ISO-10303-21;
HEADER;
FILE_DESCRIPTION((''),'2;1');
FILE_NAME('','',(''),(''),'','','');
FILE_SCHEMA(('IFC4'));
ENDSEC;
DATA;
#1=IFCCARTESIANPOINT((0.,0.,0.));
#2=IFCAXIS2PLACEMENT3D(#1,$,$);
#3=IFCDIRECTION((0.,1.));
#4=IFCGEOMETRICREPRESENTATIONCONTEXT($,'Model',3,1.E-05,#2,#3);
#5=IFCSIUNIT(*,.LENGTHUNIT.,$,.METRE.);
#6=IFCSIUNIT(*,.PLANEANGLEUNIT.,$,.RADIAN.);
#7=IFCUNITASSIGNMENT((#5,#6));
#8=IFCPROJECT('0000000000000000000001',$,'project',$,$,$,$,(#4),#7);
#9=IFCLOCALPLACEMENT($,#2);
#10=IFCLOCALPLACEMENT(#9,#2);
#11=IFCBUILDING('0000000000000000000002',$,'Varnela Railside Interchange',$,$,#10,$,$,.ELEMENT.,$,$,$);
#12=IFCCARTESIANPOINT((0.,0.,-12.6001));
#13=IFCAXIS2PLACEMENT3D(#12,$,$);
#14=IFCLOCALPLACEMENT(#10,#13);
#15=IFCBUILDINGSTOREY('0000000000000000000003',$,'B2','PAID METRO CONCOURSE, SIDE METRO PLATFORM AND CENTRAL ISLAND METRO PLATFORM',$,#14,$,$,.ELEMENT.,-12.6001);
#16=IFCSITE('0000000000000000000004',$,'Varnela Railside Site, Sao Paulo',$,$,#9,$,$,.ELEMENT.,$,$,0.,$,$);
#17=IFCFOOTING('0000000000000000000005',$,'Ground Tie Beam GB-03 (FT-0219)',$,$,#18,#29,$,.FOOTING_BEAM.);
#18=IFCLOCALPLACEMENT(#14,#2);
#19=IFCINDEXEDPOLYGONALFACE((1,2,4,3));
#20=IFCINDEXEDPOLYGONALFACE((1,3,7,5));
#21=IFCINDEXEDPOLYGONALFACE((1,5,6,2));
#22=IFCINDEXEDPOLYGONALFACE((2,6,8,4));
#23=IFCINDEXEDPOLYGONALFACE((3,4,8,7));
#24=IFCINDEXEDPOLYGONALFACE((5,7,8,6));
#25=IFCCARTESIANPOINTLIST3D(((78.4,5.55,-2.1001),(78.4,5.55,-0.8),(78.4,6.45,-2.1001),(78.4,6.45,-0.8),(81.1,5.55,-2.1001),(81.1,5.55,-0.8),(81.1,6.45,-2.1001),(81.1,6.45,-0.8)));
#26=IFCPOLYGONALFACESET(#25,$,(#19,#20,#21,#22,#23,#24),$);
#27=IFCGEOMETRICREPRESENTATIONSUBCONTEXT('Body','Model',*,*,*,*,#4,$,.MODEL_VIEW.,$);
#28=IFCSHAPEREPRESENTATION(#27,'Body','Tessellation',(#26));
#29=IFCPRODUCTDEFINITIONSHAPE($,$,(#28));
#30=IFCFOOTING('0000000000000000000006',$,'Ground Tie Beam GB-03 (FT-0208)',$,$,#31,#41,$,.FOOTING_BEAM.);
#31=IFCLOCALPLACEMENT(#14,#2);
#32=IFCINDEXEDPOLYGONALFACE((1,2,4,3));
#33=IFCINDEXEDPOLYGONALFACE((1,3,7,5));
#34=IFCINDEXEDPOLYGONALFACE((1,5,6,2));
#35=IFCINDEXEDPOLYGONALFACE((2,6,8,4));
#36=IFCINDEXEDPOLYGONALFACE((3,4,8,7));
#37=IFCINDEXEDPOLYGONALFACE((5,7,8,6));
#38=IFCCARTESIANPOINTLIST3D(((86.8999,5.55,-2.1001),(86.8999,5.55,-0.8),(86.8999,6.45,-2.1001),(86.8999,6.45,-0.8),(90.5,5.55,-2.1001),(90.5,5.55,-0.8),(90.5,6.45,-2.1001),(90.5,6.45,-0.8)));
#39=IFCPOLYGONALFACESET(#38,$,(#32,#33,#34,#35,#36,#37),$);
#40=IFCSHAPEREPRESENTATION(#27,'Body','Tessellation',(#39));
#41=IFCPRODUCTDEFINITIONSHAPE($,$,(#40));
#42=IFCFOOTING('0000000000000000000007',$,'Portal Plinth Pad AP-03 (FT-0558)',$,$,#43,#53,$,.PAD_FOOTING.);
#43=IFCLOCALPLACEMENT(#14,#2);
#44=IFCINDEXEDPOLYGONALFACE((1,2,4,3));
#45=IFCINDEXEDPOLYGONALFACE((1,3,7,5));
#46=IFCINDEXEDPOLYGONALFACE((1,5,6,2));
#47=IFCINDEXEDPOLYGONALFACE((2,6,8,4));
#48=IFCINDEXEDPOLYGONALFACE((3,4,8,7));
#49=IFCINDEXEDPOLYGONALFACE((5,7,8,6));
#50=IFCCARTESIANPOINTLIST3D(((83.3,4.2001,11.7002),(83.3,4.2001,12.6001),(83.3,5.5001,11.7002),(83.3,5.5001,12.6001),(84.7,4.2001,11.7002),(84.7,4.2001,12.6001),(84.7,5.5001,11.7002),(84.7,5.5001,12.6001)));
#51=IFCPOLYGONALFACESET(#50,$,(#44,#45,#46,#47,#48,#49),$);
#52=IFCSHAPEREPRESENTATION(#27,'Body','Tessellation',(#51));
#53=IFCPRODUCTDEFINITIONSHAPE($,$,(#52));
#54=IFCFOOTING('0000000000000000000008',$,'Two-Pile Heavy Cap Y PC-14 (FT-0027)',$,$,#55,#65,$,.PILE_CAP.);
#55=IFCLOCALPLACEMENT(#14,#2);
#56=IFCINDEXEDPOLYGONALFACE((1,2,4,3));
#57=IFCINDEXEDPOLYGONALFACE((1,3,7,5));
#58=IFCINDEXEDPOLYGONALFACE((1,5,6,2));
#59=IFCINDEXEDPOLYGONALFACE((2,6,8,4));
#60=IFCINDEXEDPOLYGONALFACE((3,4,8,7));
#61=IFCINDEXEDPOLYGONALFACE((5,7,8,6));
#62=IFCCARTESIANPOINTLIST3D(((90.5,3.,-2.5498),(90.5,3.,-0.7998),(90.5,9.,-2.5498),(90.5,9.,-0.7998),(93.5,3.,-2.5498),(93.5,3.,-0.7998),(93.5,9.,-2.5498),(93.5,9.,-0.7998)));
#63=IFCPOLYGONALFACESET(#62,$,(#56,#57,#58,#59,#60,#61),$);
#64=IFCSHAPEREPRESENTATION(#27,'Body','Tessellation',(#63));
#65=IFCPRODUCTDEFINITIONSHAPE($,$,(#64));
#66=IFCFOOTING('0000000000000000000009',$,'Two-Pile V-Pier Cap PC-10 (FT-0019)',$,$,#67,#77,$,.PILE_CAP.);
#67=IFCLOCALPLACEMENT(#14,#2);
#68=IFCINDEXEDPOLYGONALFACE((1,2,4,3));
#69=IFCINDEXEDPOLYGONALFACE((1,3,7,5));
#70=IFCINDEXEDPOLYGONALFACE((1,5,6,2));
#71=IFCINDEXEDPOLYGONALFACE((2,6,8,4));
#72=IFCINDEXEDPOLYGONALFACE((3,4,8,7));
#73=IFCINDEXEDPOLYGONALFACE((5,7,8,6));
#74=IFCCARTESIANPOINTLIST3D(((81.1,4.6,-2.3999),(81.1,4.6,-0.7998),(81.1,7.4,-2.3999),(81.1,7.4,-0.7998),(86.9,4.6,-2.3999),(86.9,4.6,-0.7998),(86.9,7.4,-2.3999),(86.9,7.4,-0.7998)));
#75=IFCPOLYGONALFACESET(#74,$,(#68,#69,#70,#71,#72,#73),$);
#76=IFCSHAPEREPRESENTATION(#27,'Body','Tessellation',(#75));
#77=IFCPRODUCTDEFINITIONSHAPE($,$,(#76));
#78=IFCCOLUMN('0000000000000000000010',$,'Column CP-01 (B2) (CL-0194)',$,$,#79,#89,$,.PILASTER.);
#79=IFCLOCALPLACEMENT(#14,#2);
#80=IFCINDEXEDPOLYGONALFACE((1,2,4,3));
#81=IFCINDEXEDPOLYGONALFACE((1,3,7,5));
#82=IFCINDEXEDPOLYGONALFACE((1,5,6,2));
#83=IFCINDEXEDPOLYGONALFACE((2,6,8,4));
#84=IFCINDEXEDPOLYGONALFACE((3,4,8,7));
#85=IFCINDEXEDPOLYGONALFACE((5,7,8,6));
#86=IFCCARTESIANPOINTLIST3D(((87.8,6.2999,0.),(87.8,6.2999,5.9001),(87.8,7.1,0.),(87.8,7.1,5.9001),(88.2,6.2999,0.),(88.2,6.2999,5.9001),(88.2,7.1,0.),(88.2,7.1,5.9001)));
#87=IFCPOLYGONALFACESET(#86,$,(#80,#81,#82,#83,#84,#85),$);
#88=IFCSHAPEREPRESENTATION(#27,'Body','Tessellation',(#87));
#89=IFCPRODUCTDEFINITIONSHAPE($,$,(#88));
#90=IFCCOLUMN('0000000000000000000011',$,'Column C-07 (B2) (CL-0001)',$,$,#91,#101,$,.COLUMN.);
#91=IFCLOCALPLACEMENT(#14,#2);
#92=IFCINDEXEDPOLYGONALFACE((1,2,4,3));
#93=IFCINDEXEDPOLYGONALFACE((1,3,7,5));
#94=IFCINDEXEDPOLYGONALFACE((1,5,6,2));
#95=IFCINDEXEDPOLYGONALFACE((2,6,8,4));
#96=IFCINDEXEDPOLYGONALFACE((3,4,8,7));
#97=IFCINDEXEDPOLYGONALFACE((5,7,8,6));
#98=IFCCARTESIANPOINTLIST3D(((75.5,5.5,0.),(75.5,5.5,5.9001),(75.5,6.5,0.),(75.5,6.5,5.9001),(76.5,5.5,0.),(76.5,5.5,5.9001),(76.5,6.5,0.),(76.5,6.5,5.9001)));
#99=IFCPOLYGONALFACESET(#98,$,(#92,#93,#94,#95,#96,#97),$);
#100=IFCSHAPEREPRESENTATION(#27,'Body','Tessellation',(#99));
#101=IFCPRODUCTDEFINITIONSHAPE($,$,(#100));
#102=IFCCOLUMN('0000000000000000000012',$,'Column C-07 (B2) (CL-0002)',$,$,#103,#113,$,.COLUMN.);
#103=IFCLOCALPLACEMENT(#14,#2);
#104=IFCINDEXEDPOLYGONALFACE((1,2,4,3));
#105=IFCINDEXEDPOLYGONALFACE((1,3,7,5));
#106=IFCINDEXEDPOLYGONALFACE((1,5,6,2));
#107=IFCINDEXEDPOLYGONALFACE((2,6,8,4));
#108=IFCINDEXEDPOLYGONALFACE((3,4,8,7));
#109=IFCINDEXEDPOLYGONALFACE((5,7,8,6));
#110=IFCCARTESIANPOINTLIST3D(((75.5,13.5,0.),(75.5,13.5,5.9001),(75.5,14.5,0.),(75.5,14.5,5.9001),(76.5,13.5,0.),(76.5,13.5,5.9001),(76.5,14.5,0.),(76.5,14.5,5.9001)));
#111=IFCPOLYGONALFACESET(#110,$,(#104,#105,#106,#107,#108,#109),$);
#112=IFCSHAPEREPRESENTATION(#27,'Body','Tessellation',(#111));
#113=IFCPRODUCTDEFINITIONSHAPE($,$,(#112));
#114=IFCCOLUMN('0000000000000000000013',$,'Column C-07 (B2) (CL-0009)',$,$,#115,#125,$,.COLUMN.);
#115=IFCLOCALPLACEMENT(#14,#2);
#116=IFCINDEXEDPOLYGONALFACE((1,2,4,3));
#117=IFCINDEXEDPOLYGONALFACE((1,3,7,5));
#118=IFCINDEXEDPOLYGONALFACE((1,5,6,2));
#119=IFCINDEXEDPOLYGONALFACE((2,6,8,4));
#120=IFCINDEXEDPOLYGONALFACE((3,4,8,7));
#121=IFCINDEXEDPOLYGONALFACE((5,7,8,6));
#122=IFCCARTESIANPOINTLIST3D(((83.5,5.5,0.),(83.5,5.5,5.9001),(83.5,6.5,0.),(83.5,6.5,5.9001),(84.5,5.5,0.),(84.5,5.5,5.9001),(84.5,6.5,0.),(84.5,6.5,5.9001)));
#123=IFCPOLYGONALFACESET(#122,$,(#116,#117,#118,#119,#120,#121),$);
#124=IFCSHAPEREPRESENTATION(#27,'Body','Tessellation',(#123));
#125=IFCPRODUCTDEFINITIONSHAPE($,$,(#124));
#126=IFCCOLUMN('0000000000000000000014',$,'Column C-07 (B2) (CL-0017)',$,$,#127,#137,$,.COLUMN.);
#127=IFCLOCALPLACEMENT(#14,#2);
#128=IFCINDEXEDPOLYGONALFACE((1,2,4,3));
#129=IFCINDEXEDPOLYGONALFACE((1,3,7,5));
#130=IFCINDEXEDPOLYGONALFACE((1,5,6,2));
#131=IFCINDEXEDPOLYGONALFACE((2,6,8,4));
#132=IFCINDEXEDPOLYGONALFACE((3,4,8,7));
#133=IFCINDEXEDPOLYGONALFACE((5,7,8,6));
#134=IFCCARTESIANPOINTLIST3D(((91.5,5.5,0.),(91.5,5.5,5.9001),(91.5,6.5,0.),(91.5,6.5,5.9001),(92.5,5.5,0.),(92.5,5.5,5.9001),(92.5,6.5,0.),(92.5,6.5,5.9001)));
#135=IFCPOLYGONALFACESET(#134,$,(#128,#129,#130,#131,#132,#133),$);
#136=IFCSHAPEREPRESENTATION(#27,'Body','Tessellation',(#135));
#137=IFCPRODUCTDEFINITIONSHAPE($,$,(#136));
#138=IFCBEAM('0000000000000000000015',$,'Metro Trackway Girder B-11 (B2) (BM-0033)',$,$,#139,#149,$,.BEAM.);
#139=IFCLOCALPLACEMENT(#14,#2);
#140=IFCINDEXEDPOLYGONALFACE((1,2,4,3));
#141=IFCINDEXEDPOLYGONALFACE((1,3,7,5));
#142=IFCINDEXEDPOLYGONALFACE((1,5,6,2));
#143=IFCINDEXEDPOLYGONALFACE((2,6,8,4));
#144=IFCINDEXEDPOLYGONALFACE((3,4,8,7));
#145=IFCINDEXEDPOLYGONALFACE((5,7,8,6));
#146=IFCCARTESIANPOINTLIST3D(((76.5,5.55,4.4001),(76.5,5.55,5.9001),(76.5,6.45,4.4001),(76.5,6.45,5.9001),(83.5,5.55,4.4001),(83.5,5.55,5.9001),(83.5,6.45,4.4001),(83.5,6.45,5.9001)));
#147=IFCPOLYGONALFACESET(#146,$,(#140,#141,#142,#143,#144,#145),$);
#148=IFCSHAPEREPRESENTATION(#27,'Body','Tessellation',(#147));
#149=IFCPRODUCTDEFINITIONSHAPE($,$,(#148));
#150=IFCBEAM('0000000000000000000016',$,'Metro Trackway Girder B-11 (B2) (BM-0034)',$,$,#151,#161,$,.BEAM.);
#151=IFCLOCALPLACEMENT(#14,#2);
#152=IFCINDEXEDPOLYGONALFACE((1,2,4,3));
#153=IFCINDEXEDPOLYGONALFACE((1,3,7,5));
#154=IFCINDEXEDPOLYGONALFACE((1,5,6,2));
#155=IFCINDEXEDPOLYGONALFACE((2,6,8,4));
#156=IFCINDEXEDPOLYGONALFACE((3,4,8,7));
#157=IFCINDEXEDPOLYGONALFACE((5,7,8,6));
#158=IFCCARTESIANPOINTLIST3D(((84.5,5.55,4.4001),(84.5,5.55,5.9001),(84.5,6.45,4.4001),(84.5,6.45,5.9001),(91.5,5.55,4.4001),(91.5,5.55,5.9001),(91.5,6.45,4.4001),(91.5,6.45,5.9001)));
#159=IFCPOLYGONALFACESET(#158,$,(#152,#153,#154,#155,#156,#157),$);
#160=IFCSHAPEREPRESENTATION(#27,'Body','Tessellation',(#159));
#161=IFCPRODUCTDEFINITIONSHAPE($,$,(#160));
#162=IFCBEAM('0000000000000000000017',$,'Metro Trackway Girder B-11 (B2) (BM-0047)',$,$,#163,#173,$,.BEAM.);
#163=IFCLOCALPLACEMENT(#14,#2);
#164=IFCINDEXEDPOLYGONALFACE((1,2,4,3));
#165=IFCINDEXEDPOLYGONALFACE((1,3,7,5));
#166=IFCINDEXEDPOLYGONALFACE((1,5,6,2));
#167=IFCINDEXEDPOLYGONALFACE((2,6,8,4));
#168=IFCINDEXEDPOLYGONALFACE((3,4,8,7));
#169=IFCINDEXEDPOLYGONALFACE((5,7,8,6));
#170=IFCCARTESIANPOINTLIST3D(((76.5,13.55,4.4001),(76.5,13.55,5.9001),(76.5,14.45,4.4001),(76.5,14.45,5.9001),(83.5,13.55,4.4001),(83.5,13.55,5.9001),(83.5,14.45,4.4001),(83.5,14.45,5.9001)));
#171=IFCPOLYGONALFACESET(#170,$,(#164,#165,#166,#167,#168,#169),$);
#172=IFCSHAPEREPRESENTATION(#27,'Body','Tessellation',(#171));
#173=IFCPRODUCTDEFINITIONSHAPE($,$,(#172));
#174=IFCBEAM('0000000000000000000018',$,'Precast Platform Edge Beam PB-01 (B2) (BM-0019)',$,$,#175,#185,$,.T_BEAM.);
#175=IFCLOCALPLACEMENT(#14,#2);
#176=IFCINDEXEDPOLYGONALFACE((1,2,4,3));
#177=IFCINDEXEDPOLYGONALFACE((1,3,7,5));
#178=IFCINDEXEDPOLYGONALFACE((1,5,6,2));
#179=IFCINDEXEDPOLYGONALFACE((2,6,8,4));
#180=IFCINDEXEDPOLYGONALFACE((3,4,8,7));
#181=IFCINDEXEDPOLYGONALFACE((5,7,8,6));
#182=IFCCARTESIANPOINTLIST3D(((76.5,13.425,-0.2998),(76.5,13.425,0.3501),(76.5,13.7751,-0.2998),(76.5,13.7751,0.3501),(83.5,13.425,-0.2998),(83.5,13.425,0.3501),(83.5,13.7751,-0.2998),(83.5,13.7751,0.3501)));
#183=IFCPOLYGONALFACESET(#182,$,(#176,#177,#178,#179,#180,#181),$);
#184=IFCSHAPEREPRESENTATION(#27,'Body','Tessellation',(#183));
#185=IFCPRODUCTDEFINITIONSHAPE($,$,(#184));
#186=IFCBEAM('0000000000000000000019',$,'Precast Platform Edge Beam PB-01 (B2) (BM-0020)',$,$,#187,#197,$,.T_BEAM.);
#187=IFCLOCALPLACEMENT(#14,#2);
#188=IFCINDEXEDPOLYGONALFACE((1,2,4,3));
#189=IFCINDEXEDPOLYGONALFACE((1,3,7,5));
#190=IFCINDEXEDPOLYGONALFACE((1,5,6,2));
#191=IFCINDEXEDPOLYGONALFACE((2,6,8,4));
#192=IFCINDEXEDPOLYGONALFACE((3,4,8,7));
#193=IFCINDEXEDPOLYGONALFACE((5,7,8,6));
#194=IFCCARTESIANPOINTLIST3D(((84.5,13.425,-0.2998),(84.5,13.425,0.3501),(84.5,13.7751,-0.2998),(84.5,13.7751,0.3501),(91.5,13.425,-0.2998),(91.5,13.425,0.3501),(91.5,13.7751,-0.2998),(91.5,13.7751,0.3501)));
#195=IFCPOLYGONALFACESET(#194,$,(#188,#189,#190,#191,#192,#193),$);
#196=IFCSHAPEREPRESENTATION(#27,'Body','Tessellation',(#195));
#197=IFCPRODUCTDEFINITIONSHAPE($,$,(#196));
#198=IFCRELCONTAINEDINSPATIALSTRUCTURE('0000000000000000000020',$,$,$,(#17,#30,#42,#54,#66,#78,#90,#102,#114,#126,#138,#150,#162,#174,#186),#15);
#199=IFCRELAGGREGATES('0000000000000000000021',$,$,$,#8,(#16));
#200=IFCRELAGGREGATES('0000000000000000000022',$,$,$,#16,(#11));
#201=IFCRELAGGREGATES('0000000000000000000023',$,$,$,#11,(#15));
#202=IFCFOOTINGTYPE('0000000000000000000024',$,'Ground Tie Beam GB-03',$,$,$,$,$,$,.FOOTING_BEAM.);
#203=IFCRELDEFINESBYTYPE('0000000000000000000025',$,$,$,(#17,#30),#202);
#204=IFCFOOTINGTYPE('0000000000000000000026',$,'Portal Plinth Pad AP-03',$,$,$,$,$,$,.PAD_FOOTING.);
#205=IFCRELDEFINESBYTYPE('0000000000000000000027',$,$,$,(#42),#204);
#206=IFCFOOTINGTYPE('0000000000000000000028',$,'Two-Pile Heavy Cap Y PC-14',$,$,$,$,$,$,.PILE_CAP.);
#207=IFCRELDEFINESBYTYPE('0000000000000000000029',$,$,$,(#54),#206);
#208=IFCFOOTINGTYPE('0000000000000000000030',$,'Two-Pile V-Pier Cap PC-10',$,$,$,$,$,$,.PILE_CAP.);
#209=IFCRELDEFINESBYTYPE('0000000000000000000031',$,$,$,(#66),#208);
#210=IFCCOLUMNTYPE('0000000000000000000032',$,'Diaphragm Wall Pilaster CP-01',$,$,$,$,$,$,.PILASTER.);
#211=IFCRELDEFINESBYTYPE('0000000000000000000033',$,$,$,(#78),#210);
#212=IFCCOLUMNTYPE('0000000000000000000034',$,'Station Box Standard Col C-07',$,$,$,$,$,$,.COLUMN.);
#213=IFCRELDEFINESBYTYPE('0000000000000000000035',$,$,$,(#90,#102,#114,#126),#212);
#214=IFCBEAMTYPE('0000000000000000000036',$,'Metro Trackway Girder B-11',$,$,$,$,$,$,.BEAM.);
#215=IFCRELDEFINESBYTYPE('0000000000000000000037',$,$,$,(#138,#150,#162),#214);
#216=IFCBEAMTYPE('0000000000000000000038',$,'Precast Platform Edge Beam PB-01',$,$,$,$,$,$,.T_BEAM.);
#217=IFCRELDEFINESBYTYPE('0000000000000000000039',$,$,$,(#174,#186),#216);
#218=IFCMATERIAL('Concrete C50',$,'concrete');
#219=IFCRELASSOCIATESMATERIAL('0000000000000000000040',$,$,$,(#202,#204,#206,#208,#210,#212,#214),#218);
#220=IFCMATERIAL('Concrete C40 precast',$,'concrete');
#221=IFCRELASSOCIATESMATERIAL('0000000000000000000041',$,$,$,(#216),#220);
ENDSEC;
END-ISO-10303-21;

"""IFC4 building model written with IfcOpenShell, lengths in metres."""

from ifc_helpers import new_model, si_unit, direction, frame, origin, origin_2d, place, context, subcontext, project, spatial, rectangle, extrude, material, material_profile, profile_set, type_object, element, save


model = new_model("IFC4")

# Units and contexts
model_context = context("Model", 3, precision=1e-05, world=origin(), true_north=direction((0.0, 1.0)))
body_context = subcontext(model_context, "Body", "Model", "MODEL_VIEW")
ifc_project = project(units=[si_unit("LENGTHUNIT", "METRE"), si_unit("PLANEANGLEUNIT", "RADIAN")], contexts=[model_context])

# Site, building, storey
site_placement = place(None, origin())
site = spatial("IfcSite", under=ifc_project, at=site_placement, Name="Varnela Railside Site, Sao Paulo", CompositionType="ELEMENT", RefElevation=0.0)
building_placement = place(site_placement, origin())
building = spatial("IfcBuilding", under=site, at=building_placement, Name="Varnela Railside Interchange", CompositionType="ELEMENT")
storey_placement = place(building_placement, frame((0.0, 0.0, -12.6001)))
storey = spatial("IfcBuildingStorey", under=building, at=storey_placement, Name="B2", Description="PAID METRO CONCOURSE, SIDE METRO PLATFORM AND CENTRAL ISLAND METRO PLATFORM", CompositionType="ELEMENT", Elevation=-12.6001)

# Footings
ifc_material_1 = material(Name="Concrete C50", Category="concrete")
footing_type_1 = type_object("IfcFootingType", Name="Ground Tie Beam GB-03", PredefinedType="FOOTING_BEAM", material=ifc_material_1)
footing_1_placement = place(storey_placement, frame((79.75, 6.0, -2.1001), z_axis=(0.0, 0.0, 1.0), x_axis=(1.0, 0.0, 0.0)))
element("IfcFooting", 1, at=footing_1_placement, inside=storey, type_object=footing_type_1, Name="Ground Tie Beam GB-03 (FT-0219)", PredefinedType="FOOTING_BEAM", context=body_context, shape_type="SweptSolid", body=[
    extrude(rectangle(XDim=2.7, YDim=0.8999, at=origin_2d()), origin(), (0.0, 0.0, 1.0), 1.3),
])
footing_2_placement = place(storey_placement, frame((88.7, 6.0, -2.1001), z_axis=(0.0, 0.0, 1.0), x_axis=(1.0, 0.0, 0.0)))
element("IfcFooting", 2, at=footing_2_placement, inside=storey, type_object=footing_type_1, Name="Ground Tie Beam GB-03 (FT-0208)", PredefinedType="FOOTING_BEAM", context=body_context, shape_type="SweptSolid", body=[
    extrude(rectangle(XDim=3.6001, YDim=0.8999, at=origin_2d()), origin(), (0.0, 0.0, 1.0), 1.3),
])
footing_type_2 = type_object("IfcFootingType", Name="Portal Plinth Pad AP-03", PredefinedType="PAD_FOOTING", material=ifc_material_1)
footing_3_placement = place(storey_placement, frame((84.0, 4.8501, 11.7002), z_axis=(0.0, 0.0, 1.0), x_axis=(1.0, 0.0, 0.0)))
element("IfcFooting", 3, at=footing_3_placement, inside=storey, type_object=footing_type_2, Name="Portal Plinth Pad AP-03 (FT-0558)", PredefinedType="PAD_FOOTING", context=body_context, shape_type="SweptSolid", body=[
    extrude(rectangle(XDim=1.3999, YDim=1.3, at=origin_2d()), origin(), (0.0, 0.0, 1.0), 0.8999),
])
footing_type_3 = type_object("IfcFootingType", Name="Two-Pile Heavy Cap Y PC-14", PredefinedType="PILE_CAP", material=ifc_material_1)
footing_4_placement = place(storey_placement, frame((92.0, 6.0, -2.5498), z_axis=(0.0, 0.0, 1.0), x_axis=(1.0, 0.0, 0.0)))
element("IfcFooting", 4, at=footing_4_placement, inside=storey, type_object=footing_type_3, Name="Two-Pile Heavy Cap Y PC-14 (FT-0027)", PredefinedType="PILE_CAP", context=body_context, shape_type="SweptSolid", body=[
    extrude(rectangle(XDim=3.0, YDim=6.0, at=origin_2d()), origin(), (0.0, 0.0, 1.0), 1.75),
])
footing_type_4 = type_object("IfcFootingType", Name="Two-Pile V-Pier Cap PC-10", PredefinedType="PILE_CAP", material=ifc_material_1)
footing_5_placement = place(storey_placement, frame((84.0, 6.0, -2.3999), z_axis=(0.0, 0.0, 1.0), x_axis=(1.0, 0.0, 0.0)))
element("IfcFooting", 5, at=footing_5_placement, inside=storey, type_object=footing_type_4, Name="Two-Pile V-Pier Cap PC-10 (FT-0019)", PredefinedType="PILE_CAP", context=body_context, shape_type="SweptSolid", body=[
    extrude(rectangle(XDim=5.8, YDim=2.8, at=origin_2d()), origin(), (0.0, 0.0, 1.0), 1.6001),
])

# Columns
ifc_material_profile_1 = material_profile(ifc_material_1, rectangle(XDim=0.3999, YDim=0.8, at=origin_2d()), Name="RC 400x800")
ifc_profile_set_1 = profile_set([ifc_material_profile_1], Name="Concrete C50")
column_type_1 = type_object("IfcColumnType", Name="Diaphragm Wall Pilaster CP-01", PredefinedType="PILASTER", material=ifc_profile_set_1)
column_placement = place(storey_placement, frame((88.0, 6.7, 0.0), z_axis=(0.0, 0.0, 1.0), x_axis=(1.0, 0.0, 0.0)))
element("IfcColumn", 6, at=column_placement, inside=storey, type_object=column_type_1, Name="Column CP-01 (B2) (CL-0194)", PredefinedType="PILASTER", context=body_context, shape_type="SweptSolid", body=[
    extrude(rectangle(XDim=0.3999, YDim=0.8, at=origin_2d()), origin(), (0.0, 0.0, 1.0), 5.9001),
])
ifc_material_profile_2 = material_profile(ifc_material_1, rectangle(XDim=1.0, YDim=1.0, at=origin_2d()), Name="RC 1000x1000")
ifc_profile_set_2 = profile_set([ifc_material_profile_2], Name="Concrete C50")
column_type_2 = type_object("IfcColumnType", Name="Station Box Standard Col C-07", PredefinedType="COLUMN", material=ifc_profile_set_2)
for number, where, z_axis, x_axis, name in (
    (7, (76.0, 6.0, 0.0), (0.0, 0.0, 1.0), (1.0, 0.0, 0.0), "Column C-07 (B2) (CL-0001)"),
    (8, (76.0, 14.0, 0.0), (0.0, 0.0, 1.0), (1.0, 0.0, 0.0), "Column C-07 (B2) (CL-0002)"),
    (9, (84.0, 6.0, 0.0), (0.0, 0.0, 1.0), (1.0, 0.0, 0.0), "Column C-07 (B2) (CL-0009)"),
    (10, (92.0, 6.0, 0.0), (0.0, 0.0, 1.0), (1.0, 0.0, 0.0), "Column C-07 (B2) (CL-0017)"),
):
    element("IfcColumn", number, at=place(storey_placement, frame(where, z_axis=z_axis, x_axis=x_axis)), inside=storey, type_object=column_type_2, Name=name, PredefinedType="COLUMN", context=body_context, shape_type="SweptSolid", body=[
        extrude(rectangle(XDim=1.0, YDim=1.0, at=origin_2d()), origin(), (0.0, 0.0, 1.0), 5.9001),
    ])

# Beams
ifc_material_profile_3 = material_profile(ifc_material_1, rectangle(XDim=0.8999, YDim=1.5, at=origin_2d()), Name="RC 900x1500")
ifc_profile_set_3 = profile_set([ifc_material_profile_3], Name="Concrete C50")
beam_type_1 = type_object("IfcBeamType", Name="Metro Trackway Girder B-11", PredefinedType="BEAM", material=ifc_profile_set_3)
for number, where, z_axis, x_axis, name in (
    (11, (76.5, 6.0, 5.1501), (1.0, 0.0, 0.0), (0.0, 1.0, 0.0), "Metro Trackway Girder B-11 (B2) (BM-0033)"),
    (12, (84.5, 6.0, 5.1501), (1.0, 0.0, 0.0), (0.0, 1.0, 0.0), "Metro Trackway Girder B-11 (B2) (BM-0034)"),
    (13, (76.5, 14.0, 5.1501), (1.0, 0.0, 0.0), (0.0, 1.0, 0.0), "Metro Trackway Girder B-11 (B2) (BM-0047)"),
):
    element("IfcBeam", number, at=place(storey_placement, frame(where, z_axis=z_axis, x_axis=x_axis)), inside=storey, type_object=beam_type_1, Name=name, PredefinedType="BEAM", context=body_context, shape_type="SweptSolid", body=[
        extrude(rectangle(XDim=0.8999, YDim=1.5, at=origin_2d()), origin(), (0.0, 0.0, 1.0), 7.0),
    ])
ifc_material_2 = material(Name="Concrete C40 precast", Category="concrete")
ifc_material_profile_4 = material_profile(ifc_material_2, rectangle(XDim=0.3501, YDim=0.6499, at=origin_2d()), Name="PC 350x650")
ifc_profile_set_4 = profile_set([ifc_material_profile_4], Name="Concrete C40 precast")
beam_type_2 = type_object("IfcBeamType", Name="Precast Platform Edge Beam PB-01", PredefinedType="T_BEAM", material=ifc_profile_set_4)
for number, where, z_axis, x_axis, name in (
    (14, (76.5, 13.6001, 0.0251), (1.0, 0.0, 0.0), (0.0, 1.0, 0.0), "Precast Platform Edge Beam PB-01 (B2) (BM-0019)"),
    (15, (84.5, 13.6001, 0.0251), (1.0, 0.0, 0.0), (0.0, 1.0, 0.0), "Precast Platform Edge Beam PB-01 (B2) (BM-0020)"),
):
    element("IfcBeam", number, at=place(storey_placement, frame(where, z_axis=z_axis, x_axis=x_axis)), inside=storey, type_object=beam_type_2, Name=name, PredefinedType="T_BEAM", context=body_context, shape_type="SweptSolid", body=[
        extrude(rectangle(XDim=0.3501, YDim=0.6499, at=origin_2d()), origin(), (0.0, 0.0, 1.0), 7.0),
    ])

save(model, "model.ifc")
